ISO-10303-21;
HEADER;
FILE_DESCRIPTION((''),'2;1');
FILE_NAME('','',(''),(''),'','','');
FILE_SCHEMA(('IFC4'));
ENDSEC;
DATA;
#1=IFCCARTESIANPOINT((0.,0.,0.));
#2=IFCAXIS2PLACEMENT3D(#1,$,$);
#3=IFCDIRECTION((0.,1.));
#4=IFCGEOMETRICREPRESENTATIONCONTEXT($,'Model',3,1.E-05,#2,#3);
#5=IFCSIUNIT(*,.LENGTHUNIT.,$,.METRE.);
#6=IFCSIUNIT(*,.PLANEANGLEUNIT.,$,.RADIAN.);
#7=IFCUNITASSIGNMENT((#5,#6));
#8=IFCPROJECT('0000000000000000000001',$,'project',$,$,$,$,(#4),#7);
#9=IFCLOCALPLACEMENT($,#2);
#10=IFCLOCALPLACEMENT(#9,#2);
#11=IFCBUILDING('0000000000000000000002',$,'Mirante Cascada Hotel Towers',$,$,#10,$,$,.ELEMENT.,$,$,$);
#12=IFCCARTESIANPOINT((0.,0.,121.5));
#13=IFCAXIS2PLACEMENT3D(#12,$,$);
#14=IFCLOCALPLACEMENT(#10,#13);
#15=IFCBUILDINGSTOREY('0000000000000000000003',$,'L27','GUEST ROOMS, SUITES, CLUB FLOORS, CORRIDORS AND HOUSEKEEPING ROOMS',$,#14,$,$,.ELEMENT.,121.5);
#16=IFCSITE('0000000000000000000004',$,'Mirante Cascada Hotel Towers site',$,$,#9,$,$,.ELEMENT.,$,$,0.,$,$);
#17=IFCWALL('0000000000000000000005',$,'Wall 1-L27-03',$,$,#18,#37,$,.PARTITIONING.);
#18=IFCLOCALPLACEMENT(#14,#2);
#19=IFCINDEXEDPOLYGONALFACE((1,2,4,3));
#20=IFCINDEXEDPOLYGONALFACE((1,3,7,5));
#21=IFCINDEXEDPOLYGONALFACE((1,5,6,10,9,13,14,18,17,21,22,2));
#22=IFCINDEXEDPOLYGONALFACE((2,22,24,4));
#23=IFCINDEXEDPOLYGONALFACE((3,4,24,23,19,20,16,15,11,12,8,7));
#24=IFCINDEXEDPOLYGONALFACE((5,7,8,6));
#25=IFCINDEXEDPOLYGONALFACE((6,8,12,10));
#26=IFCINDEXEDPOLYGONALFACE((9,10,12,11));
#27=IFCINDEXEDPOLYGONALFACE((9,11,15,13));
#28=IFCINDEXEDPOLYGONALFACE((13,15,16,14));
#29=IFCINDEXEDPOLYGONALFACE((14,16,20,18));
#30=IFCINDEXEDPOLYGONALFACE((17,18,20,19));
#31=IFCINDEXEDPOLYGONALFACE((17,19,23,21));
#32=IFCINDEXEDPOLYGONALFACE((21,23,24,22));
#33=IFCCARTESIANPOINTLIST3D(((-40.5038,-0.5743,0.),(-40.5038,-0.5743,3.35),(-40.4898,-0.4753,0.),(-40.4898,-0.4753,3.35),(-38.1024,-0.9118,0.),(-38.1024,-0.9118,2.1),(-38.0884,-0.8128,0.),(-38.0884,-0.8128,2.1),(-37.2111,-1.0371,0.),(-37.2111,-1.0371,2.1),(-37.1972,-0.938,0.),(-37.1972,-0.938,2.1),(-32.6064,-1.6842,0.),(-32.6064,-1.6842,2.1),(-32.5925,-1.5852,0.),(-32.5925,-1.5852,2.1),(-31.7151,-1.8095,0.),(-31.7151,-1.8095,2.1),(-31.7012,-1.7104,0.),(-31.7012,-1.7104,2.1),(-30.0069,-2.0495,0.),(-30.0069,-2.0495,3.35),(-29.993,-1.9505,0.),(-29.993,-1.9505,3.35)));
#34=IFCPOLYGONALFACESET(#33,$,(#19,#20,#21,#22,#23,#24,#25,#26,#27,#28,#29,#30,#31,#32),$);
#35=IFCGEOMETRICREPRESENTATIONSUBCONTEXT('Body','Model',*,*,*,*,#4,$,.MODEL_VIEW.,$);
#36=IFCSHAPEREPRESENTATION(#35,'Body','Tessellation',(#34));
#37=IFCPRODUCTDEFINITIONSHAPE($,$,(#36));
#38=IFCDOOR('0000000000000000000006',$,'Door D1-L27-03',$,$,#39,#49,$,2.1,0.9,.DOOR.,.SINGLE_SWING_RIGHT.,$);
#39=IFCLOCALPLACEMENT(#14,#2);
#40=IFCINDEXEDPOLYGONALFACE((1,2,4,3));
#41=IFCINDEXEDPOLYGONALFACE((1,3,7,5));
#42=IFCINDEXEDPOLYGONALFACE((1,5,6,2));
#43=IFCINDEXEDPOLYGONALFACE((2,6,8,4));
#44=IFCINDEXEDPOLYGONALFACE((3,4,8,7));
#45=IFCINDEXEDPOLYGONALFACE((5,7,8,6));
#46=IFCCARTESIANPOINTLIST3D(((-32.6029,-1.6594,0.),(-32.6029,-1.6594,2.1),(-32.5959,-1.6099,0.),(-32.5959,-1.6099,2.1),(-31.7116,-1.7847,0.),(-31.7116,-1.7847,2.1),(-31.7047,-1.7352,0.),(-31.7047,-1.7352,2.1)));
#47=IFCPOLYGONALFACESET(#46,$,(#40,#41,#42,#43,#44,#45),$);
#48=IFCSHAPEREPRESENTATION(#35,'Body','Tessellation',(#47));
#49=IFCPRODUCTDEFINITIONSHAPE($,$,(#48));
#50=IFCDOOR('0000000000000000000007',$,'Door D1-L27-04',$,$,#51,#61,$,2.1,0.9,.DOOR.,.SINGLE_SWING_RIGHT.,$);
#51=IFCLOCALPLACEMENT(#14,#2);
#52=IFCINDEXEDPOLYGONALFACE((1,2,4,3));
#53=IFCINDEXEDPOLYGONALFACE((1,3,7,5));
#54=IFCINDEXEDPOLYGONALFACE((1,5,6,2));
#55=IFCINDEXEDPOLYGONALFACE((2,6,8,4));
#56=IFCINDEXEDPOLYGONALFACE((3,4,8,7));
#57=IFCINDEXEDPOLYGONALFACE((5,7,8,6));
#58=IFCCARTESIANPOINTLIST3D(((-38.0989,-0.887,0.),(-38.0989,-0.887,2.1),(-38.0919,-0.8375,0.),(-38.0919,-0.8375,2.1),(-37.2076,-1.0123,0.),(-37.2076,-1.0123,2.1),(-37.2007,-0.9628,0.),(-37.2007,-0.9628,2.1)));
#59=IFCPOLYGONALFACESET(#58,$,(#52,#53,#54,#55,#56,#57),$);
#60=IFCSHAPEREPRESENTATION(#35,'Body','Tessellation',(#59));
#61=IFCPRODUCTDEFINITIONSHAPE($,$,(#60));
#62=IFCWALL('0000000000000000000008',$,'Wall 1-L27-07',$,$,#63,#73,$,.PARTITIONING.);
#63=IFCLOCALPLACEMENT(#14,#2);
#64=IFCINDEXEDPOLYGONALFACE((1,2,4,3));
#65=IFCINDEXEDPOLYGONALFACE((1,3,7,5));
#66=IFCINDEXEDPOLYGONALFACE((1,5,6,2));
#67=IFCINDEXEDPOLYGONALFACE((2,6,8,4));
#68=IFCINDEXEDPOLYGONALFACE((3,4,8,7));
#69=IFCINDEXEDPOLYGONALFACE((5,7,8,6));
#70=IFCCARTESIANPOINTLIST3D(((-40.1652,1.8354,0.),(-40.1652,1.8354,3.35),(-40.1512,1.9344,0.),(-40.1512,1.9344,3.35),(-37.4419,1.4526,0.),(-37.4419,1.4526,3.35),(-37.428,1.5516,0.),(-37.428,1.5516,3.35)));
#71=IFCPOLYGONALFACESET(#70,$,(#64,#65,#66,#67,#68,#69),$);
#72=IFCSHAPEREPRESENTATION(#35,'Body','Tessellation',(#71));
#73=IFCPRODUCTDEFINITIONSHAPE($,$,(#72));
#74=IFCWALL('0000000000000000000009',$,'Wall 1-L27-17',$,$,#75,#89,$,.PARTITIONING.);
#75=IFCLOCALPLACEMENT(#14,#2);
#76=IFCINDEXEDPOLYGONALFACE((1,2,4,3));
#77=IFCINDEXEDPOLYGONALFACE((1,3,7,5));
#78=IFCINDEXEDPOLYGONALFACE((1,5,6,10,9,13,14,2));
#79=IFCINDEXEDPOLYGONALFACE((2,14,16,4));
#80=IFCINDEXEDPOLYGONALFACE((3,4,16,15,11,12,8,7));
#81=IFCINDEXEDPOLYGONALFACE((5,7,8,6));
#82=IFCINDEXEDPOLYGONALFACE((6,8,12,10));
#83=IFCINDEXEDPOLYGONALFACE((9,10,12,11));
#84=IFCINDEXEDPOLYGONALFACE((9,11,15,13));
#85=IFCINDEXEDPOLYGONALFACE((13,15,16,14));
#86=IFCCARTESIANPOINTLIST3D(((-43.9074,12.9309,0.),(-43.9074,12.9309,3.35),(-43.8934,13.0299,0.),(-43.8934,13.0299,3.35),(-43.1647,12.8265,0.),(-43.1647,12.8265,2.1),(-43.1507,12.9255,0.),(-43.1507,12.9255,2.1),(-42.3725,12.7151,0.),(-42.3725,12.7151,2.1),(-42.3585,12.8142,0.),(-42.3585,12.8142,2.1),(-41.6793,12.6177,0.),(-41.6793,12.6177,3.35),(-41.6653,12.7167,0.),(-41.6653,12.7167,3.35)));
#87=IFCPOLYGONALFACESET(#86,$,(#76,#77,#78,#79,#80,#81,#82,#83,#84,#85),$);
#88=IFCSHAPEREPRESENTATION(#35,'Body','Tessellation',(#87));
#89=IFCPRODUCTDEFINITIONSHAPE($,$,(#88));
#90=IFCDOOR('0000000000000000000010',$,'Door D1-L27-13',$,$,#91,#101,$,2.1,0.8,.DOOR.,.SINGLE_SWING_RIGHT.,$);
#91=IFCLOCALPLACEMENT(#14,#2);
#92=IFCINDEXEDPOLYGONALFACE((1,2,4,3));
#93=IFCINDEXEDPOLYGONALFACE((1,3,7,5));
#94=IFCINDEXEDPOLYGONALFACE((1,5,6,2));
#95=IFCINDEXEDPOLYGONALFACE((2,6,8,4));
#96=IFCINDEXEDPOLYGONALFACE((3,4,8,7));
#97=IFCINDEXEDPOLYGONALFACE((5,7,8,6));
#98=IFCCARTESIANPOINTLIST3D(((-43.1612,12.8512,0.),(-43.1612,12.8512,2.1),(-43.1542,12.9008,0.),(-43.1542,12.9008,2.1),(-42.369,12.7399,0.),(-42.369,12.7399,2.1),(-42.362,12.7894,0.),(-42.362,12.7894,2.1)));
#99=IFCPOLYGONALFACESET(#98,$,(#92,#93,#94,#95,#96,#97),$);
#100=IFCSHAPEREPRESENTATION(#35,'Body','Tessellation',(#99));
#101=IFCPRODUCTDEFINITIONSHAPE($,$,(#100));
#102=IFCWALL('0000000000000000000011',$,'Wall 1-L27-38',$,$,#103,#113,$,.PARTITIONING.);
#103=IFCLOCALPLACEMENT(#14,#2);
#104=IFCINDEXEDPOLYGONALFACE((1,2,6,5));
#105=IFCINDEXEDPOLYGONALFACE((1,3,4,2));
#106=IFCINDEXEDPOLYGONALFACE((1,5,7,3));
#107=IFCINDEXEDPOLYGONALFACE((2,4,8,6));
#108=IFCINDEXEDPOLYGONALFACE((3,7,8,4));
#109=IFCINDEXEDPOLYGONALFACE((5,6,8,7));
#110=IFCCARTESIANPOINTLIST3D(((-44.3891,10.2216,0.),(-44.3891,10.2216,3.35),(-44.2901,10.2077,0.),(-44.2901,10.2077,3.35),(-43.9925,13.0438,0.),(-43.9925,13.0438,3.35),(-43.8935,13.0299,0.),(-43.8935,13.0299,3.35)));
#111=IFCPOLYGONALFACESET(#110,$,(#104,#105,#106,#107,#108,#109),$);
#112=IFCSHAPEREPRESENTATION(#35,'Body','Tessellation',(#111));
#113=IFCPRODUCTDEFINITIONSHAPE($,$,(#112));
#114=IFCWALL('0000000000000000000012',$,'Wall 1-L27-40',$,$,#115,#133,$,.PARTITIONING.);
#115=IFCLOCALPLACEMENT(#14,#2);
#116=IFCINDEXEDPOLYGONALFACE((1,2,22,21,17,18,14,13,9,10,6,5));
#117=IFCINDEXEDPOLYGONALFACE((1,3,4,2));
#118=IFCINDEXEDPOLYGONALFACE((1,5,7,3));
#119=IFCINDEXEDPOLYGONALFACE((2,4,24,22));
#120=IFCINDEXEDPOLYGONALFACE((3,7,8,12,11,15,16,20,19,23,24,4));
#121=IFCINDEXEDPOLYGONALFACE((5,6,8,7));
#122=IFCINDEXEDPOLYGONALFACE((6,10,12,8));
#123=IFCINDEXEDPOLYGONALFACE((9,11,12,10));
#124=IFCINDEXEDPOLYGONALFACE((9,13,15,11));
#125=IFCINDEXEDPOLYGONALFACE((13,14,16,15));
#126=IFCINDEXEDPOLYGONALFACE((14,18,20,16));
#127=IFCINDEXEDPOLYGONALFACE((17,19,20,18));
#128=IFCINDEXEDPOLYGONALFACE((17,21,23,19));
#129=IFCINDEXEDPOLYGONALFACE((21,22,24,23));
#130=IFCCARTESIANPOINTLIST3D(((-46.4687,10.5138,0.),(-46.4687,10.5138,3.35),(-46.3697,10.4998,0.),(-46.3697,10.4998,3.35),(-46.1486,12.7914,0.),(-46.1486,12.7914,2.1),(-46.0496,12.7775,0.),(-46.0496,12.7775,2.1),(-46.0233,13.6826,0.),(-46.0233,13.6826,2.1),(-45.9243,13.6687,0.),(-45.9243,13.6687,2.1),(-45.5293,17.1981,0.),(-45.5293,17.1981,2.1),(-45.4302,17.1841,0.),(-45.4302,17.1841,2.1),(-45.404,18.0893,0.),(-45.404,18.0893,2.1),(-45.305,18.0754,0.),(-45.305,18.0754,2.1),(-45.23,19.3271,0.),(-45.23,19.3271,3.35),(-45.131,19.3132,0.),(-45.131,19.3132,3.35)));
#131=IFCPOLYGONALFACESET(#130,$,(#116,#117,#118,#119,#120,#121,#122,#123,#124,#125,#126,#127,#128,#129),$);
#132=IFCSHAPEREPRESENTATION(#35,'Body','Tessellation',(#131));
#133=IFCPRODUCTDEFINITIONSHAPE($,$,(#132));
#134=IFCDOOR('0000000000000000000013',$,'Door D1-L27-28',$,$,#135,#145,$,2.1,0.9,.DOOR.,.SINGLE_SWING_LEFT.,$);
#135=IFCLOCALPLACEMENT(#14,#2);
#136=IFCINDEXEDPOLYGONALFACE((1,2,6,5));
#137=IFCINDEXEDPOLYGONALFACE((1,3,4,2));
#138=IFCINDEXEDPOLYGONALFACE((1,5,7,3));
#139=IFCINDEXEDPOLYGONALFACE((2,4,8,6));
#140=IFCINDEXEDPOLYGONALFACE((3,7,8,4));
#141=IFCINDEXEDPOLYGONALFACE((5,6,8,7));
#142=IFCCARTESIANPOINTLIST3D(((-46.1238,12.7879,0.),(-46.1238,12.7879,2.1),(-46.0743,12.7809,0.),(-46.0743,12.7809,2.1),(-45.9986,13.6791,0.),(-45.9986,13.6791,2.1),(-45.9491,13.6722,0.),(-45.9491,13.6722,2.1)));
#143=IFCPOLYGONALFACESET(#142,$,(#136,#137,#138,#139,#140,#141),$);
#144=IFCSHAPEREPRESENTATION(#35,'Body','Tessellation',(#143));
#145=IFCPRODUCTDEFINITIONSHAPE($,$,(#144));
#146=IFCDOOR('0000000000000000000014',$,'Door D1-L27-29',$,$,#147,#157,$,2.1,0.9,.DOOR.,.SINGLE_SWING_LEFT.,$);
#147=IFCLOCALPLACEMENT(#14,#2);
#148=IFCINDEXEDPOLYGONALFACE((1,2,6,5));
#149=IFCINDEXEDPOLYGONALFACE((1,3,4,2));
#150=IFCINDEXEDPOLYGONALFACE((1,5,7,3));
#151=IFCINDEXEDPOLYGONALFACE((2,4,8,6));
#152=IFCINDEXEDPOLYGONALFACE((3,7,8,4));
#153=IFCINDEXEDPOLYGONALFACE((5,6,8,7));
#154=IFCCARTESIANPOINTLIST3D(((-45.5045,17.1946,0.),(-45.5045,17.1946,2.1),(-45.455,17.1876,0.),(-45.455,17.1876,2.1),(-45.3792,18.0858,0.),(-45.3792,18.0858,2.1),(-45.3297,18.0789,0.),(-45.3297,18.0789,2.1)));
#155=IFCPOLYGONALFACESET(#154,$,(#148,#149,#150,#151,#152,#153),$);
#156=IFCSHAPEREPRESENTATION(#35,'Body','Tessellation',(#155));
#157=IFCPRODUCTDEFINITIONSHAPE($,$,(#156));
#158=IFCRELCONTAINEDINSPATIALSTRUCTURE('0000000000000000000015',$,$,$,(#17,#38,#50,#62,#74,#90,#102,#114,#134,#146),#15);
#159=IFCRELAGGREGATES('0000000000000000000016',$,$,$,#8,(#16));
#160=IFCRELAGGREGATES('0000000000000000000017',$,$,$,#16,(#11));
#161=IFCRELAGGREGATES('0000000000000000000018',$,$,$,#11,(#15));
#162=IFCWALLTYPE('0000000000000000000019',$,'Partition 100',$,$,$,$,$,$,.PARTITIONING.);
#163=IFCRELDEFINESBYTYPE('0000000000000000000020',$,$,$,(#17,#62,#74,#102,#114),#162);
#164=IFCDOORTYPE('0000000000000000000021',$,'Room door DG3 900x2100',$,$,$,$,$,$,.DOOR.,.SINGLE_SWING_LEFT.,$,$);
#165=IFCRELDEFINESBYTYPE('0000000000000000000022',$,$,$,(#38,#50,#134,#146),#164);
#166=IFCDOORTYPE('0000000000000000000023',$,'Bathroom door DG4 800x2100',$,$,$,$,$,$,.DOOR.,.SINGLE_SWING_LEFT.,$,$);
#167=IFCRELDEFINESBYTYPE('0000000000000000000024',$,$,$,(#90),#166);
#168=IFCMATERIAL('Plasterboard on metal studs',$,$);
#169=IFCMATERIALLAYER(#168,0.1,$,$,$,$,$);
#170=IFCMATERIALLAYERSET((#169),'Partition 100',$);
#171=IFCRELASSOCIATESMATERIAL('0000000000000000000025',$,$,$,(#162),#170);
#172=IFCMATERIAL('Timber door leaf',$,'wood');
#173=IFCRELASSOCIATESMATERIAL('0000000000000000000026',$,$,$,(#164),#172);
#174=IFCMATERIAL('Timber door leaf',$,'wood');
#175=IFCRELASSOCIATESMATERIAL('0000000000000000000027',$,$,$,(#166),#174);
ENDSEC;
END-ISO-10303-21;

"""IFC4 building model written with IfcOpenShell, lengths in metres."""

from ifc_helpers import new_model, si_unit, direction, frame, frame_2d, origin, place, context, subcontext, project, spatial, rectangle, extrude, material, layer, layer_set, type_object, element, fill, save


model = new_model("IFC4")

# Units and contexts
model_context = context("Model", 3, precision=1e-05, world=origin(), true_north=direction((0.0, 1.0)))
body_context = subcontext(model_context, "Body", "Model", "MODEL_VIEW")
ifc_project = project(units=[si_unit("LENGTHUNIT", "METRE"), si_unit("PLANEANGLEUNIT", "RADIAN")], contexts=[model_context])

# Site, building, storey
site_placement = place(None, origin())
site = spatial("IfcSite", under=ifc_project, at=site_placement, Name="Mirante Cascada Hotel Towers site", CompositionType="ELEMENT", RefElevation=0.0)
building_placement = place(site_placement, origin())
building = spatial("IfcBuilding", under=site, at=building_placement, Name="Mirante Cascada Hotel Towers", CompositionType="ELEMENT")
storey_placement = place(building_placement, frame((0.0, 0.0, 121.5)))
storey = spatial("IfcBuildingStorey", under=building, at=storey_placement, Name="L27", Description="GUEST ROOMS, SUITES, CLUB FLOORS, CORRIDORS AND HOUSEKEEPING ROOMS", CompositionType="ELEMENT", Elevation=121.5)

# Wall, openings, doors
ifc_material_1 = material(Name="Plasterboard on metal studs")
ifc_layer_1 = layer(ifc_material_1, 0.1)
ifc_layer_set_1 = layer_set([ifc_layer_1], Name="Partition 100")
wall_type_1 = type_object("IfcWallType", Name="Partition 100", PredefinedType="PARTITIONING", material=ifc_layer_set_1)
wall_1_placement = place(storey_placement, frame((-40.4968, -0.5248, 0.0), z_axis=(0.0, 0.0, 1.0), x_axis=(0.990268, -0.13917, 0.0)))
wall_1 = element("IfcWall", 1, at=wall_1_placement, inside=storey, type_object=wall_type_1, Name="Wall 1-L27-03", PredefinedType="PARTITIONING", context=body_context, shape_type="SweptSolid", body=[
    extrude(rectangle(XDim=10.6, YDim=0.1, at=frame_2d((5.3, 0.0))), origin(), (0.0, 0.0, 1.0), 3.35),
])
opening_1_placement = place(wall_1_placement, frame((7.975, 0.0, 0.0)))
opening_1 = element("IfcOpeningElement", 2, at=opening_1_placement, cuts=wall_1, PredefinedType="OPENING", context=body_context, shape_type="SweptSolid", body=[
    extrude(rectangle(XDim=0.9, YDim=2.1, at=frame_2d((0.45, 1.05))), frame((0.0, 0.05, 0.0), z_axis=(0.0, -1.0, 0.0), x_axis=(1.0, 0.0, 0.0)), (0.0, 0.0, 1.0), 0.1),
])
opening_2_placement = place(wall_1_placement, frame((2.425, 0.0, 0.0)))
opening_2 = element("IfcOpeningElement", 3, at=opening_2_placement, cuts=wall_1, PredefinedType="OPENING", context=body_context, shape_type="SweptSolid", body=[
    extrude(rectangle(XDim=0.9, YDim=2.1, at=frame_2d((0.45, 1.05))), frame((0.0, 0.05, 0.0), z_axis=(0.0, -1.0, 0.0), x_axis=(1.0, 0.0, 0.0)), (0.0, 0.0, 1.0), 0.1),
])
ifc_material_2 = material(Name="Timber door leaf", Category="wood")
door_type_1 = type_object("IfcDoorType", Name="Room door DG3 900x2100", OperationType="SINGLE_SWING_LEFT", PredefinedType="DOOR", material=ifc_material_2)
door_1_placement = place(opening_1_placement, frame((0.9, 0.0, 0.0), z_axis=(0.0, 0.0, 1.0), x_axis=(-1.0, 0.0, 0.0)))
door_1 = element("IfcDoor", 4, at=door_1_placement, inside=storey, type_object=door_type_1, Name="Door D1-L27-03", OperationType="SINGLE_SWING_RIGHT", OverallHeight=2.1, OverallWidth=0.9, PredefinedType="DOOR", context=body_context, shape_type="SweptSolid", body=[
    extrude(rectangle(XDim=0.9, YDim=2.1, at=frame_2d((0.45, 1.05))), frame((0.0, 0.025, 0.0), z_axis=(0.0, -1.0, 0.0), x_axis=(1.0, 0.0, 0.0)), (0.0, 0.0, 1.0), 0.05),
])
fill(opening_1, door_1)
door_2_placement = place(opening_2_placement, frame((0.9, 0.0, 0.0), z_axis=(0.0, 0.0, 1.0), x_axis=(-1.0, 0.0, 0.0)))
door_2 = element("IfcDoor", 5, at=door_2_placement, inside=storey, type_object=door_type_1, Name="Door D1-L27-04", OperationType="SINGLE_SWING_RIGHT", OverallHeight=2.1, OverallWidth=0.9, PredefinedType="DOOR", context=body_context, shape_type="SweptSolid", body=[
    extrude(rectangle(XDim=0.9, YDim=2.1, at=frame_2d((0.45, 1.05))), frame((0.0, 0.025, 0.0), z_axis=(0.0, -1.0, 0.0), x_axis=(1.0, 0.0, 0.0)), (0.0, 0.0, 1.0), 0.05),
])
fill(opening_2, door_2)

# Wall
wall_2_placement = place(storey_placement, frame((-40.1582, 1.8849, 0.0), z_axis=(0.0, 0.0, 1.0), x_axis=(0.990264, -0.139201, 0.0)))
element("IfcWall", 6, at=wall_2_placement, inside=storey, type_object=wall_type_1, Name="Wall 1-L27-07", PredefinedType="PARTITIONING", context=body_context, shape_type="SweptSolid", body=[
    extrude(rectangle(XDim=2.75, YDim=0.1, at=frame_2d((1.375, 0.0))), origin(), (0.0, 0.0, 1.0), 3.35),
])

# Wall, opening, door
wall_3_placement = place(storey_placement, frame((-43.9004, 12.9804, 0.0), z_axis=(0.0, 0.0, 1.0), x_axis=(0.990264, -0.1392, 0.0)))
wall_3 = element("IfcWall", 7, at=wall_3_placement, inside=storey, type_object=wall_type_1, Name="Wall 1-L27-17", PredefinedType="PARTITIONING", context=body_context, shape_type="SweptSolid", body=[
    extrude(rectangle(XDim=2.25, YDim=0.1, at=frame_2d((1.125, 0.0))), origin(), (0.0, 0.0, 1.0), 3.35),
])
opening_3_placement = place(wall_3_placement, frame((0.75, 0.0, 0.0)))
opening_3 = element("IfcOpeningElement", 8, at=opening_3_placement, cuts=wall_3, PredefinedType="OPENING", context=body_context, shape_type="SweptSolid", body=[
    extrude(rectangle(XDim=0.8, YDim=2.1, at=frame_2d((0.4, 1.05))), frame((0.0, 0.05, 0.0), z_axis=(0.0, -1.0, 0.0), x_axis=(1.0, 0.0, 0.0)), (0.0, 0.0, 1.0), 0.1),
])
ifc_material_3 = material(Name="Timber door leaf", Category="wood")
door_type_2 = type_object("IfcDoorType", Name="Bathroom door DG4 800x2100", OperationType="SINGLE_SWING_LEFT", PredefinedType="DOOR", material=ifc_material_3)
door_3_placement = place(opening_3_placement, frame((0.8, 0.0, 0.0), z_axis=(0.0, 0.0, 1.0), x_axis=(-1.0, 0.0, 0.0)))
door_3 = element("IfcDoor", 9, at=door_3_placement, inside=storey, type_object=door_type_2, Name="Door D1-L27-13", OperationType="SINGLE_SWING_RIGHT", OverallHeight=2.1, OverallWidth=0.8, PredefinedType="DOOR", context=body_context, shape_type="SweptSolid", body=[
    extrude(rectangle(XDim=0.8, YDim=2.1, at=frame_2d((0.4, 1.05))), frame((0.0, 0.025, 0.0), z_axis=(0.0, -1.0, 0.0), x_axis=(1.0, 0.0, 0.0)), (0.0, 0.0, 1.0), 0.05),
])
fill(opening_3, door_3)

# Wall
wall_4_placement = place(storey_placement, frame((-44.3396, 10.2146, 0.0), z_axis=(0.0, 0.0, 1.0), x_axis=(0.139161, 0.99027, 0.0)))
element("IfcWall", 10, at=wall_4_placement, inside=storey, type_object=wall_type_1, Name="Wall 1-L27-38", PredefinedType="PARTITIONING", context=body_context, shape_type="SweptSolid", body=[
    extrude(rectangle(XDim=2.8499, YDim=0.1, at=frame_2d((1.425, 0.0))), origin(), (0.0, 0.0, 1.0), 3.35),
])

# Wall, openings, doors
wall_5_placement = place(storey_placement, frame((-46.4192, 10.5068, 0.0), z_axis=(0.0, 0.0, 1.0), x_axis=(0.139179, 0.990267, 0.0)))
wall_5 = element("IfcWall", 11, at=wall_5_placement, inside=storey, type_object=wall_type_1, Name="Wall 1-L27-40", PredefinedType="PARTITIONING", context=body_context, shape_type="SweptSolid", body=[
    extrude(rectangle(XDim=8.9, YDim=0.1, at=frame_2d((4.45, 0.0))), origin(), (0.0, 0.0, 1.0), 3.35),
])
opening_4_placement = place(wall_5_placement, frame((2.3, 0.0, 0.0)))
opening_4 = element("IfcOpeningElement", 12, at=opening_4_placement, cuts=wall_5, PredefinedType="OPENING", context=body_context, shape_type="SweptSolid", body=[
    extrude(rectangle(XDim=0.9, YDim=2.1, at=frame_2d((0.45, 1.05))), frame((0.0, 0.05, 0.0), z_axis=(0.0, -1.0, 0.0), x_axis=(1.0, 0.0, 0.0)), (0.0, 0.0, 1.0), 0.1),
])
opening_5_placement = place(wall_5_placement, frame((6.75, 0.0, 0.0)))
opening_5 = element("IfcOpeningElement", 13, at=opening_5_placement, cuts=wall_5, PredefinedType="OPENING", context=body_context, shape_type="SweptSolid", body=[
    extrude(rectangle(XDim=0.9, YDim=2.1, at=frame_2d((0.45, 1.05))), frame((0.0, 0.05, 0.0), z_axis=(0.0, -1.0, 0.0), x_axis=(1.0, 0.0, 0.0)), (0.0, 0.0, 1.0), 0.1),
])
door_4_placement = place(opening_4_placement, origin())
door_4 = element("IfcDoor", 14, at=door_4_placement, inside=storey, type_object=door_type_1, Name="Door D1-L27-28", OperationType="SINGLE_SWING_LEFT", OverallHeight=2.1, OverallWidth=0.9, PredefinedType="DOOR", context=body_context, shape_type="SweptSolid", body=[
    extrude(rectangle(XDim=0.9, YDim=2.1, at=frame_2d((0.45, 1.05))), frame((0.0, 0.025, 0.0), z_axis=(0.0, -1.0, 0.0), x_axis=(1.0, 0.0, 0.0)), (0.0, 0.0, 1.0), 0.05),
])
fill(opening_4, door_4)
door_5_placement = place(opening_5_placement, origin())
door_5 = element("IfcDoor", 15, at=door_5_placement, inside=storey, type_object=door_type_1, Name="Door D1-L27-29", OperationType="SINGLE_SWING_LEFT", OverallHeight=2.1, OverallWidth=0.9, PredefinedType="DOOR", context=body_context, shape_type="SweptSolid", body=[
    extrude(rectangle(XDim=0.9, YDim=2.1, at=frame_2d((0.45, 1.05))), frame((0.0, 0.025, 0.0), z_axis=(0.0, -1.0, 0.0), x_axis=(1.0, 0.0, 0.0)), (0.0, 0.0, 1.0), 0.05),
])
fill(opening_5, door_5)

save(model, "model.ifc")
